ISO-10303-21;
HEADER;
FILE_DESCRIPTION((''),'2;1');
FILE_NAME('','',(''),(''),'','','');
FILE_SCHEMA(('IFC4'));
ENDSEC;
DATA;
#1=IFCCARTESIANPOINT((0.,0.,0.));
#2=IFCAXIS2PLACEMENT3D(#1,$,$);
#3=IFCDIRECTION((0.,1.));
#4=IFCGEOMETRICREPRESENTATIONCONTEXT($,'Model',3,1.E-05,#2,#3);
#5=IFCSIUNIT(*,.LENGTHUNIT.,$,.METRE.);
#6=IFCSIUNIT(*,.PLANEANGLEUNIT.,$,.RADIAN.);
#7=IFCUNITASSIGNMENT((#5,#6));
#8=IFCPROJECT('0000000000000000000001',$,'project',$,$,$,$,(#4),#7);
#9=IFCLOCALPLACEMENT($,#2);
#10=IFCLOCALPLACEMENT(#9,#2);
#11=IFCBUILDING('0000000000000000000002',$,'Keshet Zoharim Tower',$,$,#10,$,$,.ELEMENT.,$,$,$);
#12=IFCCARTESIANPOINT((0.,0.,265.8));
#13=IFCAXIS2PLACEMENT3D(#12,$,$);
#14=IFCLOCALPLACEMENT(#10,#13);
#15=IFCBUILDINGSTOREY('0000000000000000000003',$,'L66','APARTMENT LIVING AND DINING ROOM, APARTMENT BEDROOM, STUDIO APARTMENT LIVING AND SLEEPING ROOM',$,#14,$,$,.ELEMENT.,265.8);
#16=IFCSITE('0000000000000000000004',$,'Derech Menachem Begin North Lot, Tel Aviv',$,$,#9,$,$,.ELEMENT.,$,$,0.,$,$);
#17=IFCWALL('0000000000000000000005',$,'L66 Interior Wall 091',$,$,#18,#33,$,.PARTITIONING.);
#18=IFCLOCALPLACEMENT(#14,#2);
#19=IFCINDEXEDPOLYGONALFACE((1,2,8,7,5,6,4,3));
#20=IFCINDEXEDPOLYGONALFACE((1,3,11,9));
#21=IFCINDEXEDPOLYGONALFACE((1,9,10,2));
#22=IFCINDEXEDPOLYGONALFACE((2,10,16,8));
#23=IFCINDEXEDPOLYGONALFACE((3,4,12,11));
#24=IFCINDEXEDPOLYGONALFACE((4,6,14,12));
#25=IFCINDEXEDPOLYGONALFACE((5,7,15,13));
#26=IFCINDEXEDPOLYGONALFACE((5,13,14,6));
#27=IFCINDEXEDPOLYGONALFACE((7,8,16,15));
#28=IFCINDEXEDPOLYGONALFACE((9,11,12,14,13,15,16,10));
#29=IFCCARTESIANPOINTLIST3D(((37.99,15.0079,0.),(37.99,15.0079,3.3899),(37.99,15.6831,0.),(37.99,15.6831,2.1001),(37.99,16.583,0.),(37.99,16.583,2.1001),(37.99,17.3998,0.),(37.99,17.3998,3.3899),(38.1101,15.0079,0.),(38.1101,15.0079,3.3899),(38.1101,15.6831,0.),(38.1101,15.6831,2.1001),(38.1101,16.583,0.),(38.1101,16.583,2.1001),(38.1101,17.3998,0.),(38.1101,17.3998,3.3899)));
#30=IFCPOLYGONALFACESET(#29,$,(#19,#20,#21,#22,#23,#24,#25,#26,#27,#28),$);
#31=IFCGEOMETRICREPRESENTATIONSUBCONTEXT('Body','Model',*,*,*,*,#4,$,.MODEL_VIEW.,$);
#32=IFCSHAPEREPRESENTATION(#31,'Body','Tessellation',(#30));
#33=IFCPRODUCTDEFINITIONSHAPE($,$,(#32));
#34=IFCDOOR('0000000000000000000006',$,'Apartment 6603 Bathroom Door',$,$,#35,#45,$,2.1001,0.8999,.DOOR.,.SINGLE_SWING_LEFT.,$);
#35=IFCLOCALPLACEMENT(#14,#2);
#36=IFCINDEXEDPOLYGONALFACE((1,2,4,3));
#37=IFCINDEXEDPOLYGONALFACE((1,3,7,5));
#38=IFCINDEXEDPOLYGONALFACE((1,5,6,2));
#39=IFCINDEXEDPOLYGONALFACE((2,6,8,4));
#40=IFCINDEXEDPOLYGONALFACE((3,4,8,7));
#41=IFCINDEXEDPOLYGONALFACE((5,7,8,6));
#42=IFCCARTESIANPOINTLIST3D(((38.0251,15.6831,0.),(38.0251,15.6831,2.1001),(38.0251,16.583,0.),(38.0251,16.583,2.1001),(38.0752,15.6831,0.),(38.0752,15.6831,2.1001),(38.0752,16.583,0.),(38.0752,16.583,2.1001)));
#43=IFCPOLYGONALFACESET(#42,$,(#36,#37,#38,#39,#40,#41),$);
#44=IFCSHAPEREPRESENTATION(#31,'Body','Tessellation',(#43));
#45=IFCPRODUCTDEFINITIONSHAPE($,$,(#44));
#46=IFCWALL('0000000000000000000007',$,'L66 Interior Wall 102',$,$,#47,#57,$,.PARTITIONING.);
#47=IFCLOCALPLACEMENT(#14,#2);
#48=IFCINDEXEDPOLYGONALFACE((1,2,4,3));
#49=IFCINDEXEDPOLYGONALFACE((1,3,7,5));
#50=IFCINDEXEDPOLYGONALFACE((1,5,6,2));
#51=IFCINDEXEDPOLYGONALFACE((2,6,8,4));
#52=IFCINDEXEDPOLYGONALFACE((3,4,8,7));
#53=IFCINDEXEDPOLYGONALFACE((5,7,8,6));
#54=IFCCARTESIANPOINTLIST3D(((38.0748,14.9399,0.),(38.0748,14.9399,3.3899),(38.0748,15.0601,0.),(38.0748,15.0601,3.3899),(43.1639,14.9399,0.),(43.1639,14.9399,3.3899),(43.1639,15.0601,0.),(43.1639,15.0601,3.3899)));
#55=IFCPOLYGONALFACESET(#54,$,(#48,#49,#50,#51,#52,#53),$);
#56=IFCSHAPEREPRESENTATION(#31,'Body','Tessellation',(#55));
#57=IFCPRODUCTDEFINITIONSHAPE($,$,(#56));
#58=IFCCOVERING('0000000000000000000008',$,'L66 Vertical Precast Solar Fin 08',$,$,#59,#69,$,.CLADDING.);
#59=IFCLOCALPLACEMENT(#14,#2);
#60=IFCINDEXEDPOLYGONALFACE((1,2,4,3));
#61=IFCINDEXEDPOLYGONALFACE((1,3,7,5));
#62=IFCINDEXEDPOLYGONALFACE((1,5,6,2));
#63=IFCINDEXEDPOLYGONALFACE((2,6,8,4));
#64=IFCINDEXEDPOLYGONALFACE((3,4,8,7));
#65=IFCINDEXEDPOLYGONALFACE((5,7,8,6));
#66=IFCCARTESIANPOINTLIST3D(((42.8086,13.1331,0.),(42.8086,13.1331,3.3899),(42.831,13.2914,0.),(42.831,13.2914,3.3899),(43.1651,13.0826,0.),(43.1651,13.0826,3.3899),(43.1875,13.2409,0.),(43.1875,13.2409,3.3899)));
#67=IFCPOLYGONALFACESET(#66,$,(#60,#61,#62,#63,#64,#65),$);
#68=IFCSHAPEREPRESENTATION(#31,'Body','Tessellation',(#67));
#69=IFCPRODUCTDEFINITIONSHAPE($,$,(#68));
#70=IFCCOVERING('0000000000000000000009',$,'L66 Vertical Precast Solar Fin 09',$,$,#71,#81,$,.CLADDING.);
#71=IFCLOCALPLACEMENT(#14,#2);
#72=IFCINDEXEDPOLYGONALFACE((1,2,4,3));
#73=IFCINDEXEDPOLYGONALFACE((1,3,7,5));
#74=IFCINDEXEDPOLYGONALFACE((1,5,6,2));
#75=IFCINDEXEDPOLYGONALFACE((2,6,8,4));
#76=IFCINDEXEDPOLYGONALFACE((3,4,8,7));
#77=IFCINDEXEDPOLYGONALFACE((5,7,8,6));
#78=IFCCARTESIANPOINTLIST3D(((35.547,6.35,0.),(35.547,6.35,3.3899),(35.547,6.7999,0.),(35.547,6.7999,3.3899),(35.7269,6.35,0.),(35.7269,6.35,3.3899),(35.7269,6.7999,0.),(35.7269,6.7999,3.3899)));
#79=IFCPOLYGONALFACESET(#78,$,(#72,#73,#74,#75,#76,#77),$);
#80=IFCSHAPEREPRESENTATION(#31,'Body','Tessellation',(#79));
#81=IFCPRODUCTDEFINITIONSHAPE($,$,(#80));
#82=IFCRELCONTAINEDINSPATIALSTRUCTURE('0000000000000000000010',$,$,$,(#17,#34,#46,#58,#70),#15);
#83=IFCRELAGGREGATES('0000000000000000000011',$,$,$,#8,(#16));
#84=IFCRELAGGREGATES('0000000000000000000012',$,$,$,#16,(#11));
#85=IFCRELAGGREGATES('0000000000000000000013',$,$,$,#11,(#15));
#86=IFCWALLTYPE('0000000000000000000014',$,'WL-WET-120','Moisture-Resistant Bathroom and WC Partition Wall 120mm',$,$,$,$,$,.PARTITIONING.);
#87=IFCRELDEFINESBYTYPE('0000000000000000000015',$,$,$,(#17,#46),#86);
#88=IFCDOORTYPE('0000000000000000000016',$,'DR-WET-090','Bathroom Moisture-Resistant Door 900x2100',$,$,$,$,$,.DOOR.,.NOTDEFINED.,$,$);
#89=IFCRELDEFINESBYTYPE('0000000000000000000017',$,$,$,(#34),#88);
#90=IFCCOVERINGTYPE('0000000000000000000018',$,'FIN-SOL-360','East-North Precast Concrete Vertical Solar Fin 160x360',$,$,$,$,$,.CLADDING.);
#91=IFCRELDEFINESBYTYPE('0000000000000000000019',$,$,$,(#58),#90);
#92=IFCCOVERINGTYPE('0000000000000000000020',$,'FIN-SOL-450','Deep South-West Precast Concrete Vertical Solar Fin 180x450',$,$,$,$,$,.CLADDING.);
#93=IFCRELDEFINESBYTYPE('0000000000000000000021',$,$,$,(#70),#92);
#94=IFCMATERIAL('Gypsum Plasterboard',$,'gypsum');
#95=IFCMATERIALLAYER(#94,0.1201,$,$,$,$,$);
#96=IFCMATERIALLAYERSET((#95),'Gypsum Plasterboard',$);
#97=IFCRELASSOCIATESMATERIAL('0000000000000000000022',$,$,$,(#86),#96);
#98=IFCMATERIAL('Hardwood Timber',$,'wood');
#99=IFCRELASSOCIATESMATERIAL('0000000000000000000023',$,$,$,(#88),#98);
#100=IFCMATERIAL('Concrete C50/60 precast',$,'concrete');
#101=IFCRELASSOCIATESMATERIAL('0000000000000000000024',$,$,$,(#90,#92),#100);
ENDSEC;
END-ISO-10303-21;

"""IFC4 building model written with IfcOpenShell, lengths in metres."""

from ifc_helpers import new_model, si_unit, direction, frame, frame_2d, origin, origin_2d, place, context, subcontext, project, spatial, rectangle, extrude, material, layer, layer_set, type_object, element, fill, save


model = new_model("IFC4")

# Units and contexts
model_context = context("Model", 3, precision=1e-05, world=origin(), true_north=direction((0.0, 1.0)))
body_context = subcontext(model_context, "Body", "Model", "MODEL_VIEW")
ifc_project = project(units=[si_unit("LENGTHUNIT", "METRE"), si_unit("PLANEANGLEUNIT", "RADIAN")], contexts=[model_context])

# Site, building, storey
site_placement = place(None, origin())
site = spatial("IfcSite", under=ifc_project, at=site_placement, Name="Derech Menachem Begin North Lot, Tel Aviv", CompositionType="ELEMENT", RefElevation=0.0)
building_placement = place(site_placement, origin())
building = spatial("IfcBuilding", under=site, at=building_placement, Name="Keshet Zoharim Tower", CompositionType="ELEMENT")
storey_placement = place(building_placement, frame((0.0, 0.0, 265.8)))
storey = spatial("IfcBuildingStorey", under=building, at=storey_placement, Name="L66", Description="APARTMENT LIVING AND DINING ROOM, APARTMENT BEDROOM, STUDIO APARTMENT LIVING AND SLEEPING ROOM", CompositionType="ELEMENT", Elevation=265.8)

# Shared definitions
ifc_material_1 = material(Name="Gypsum Plasterboard", Category="gypsum")

# Shared definitions
ifc_material_2 = material(Name="Hardwood Timber", Category="wood")

# Shared definitions
ifc_layer_1 = layer(ifc_material_1, 0.1201)
ifc_layer_set_1 = layer_set([ifc_layer_1], Name="Gypsum Plasterboard")
wall_type_1 = type_object("IfcWallType", Name="WL-WET-120", Description="Moisture-Resistant Bathroom and WC Partition Wall 120mm", PredefinedType="PARTITIONING", material=ifc_layer_set_1)

# Wall, opening, door
wall_1_placement = place(storey_placement, frame((38.05, 15.0081, 0.0), z_axis=(0.0, 0.0, 1.0), x_axis=(0.0, 1.0, 0.0)))
wall_1 = element("IfcWall", 1, at=wall_1_placement, inside=storey, type_object=wall_type_1, Name="L66 Interior Wall 091", PredefinedType="PARTITIONING", context=body_context, shape_type="SweptSolid", body=[
    extrude(rectangle(XDim=2.3918, YDim=0.1201, at=frame_2d((1.1958, 0.0))), origin(), (0.0, 0.0, 1.0), 3.3899),
])
opening_1_placement = place(wall_1_placement, frame((0.675, 0.0, 0.0)))
opening_1 = element("IfcOpeningElement", 2, at=opening_1_placement, cuts=wall_1, PredefinedType="OPENING", context=body_context, shape_type="SweptSolid", body=[
    extrude(rectangle(XDim=0.8999, YDim=2.1001, at=frame_2d((0.45, 1.05))), frame((0.0, 0.0701, 0.0), z_axis=(0.0, -1.0, 0.0), x_axis=(1.0, 0.0, 0.0)), (0.0, 0.0, 1.0), 0.1401),
])
door_type_1 = type_object("IfcDoorType", Name="DR-WET-090", Description="Bathroom Moisture-Resistant Door 900x2100", OperationType="NOTDEFINED", PredefinedType="DOOR", material=ifc_material_2)
door_1_placement = place(opening_1_placement, origin())
door_1 = element("IfcDoor", 3, at=door_1_placement, inside=storey, type_object=door_type_1, Name="Apartment 6603 Bathroom Door", OperationType="SINGLE_SWING_LEFT", OverallHeight=2.1001, OverallWidth=0.8999, PredefinedType="DOOR", context=body_context, shape_type="SweptSolid", body=[
    extrude(rectangle(XDim=0.8999, YDim=2.1001, at=frame_2d((0.45, 1.05))), frame((0.0, 0.0249, 0.0), z_axis=(0.0, -1.0, 0.0), x_axis=(1.0, 0.0, 0.0)), (0.0, 0.0, 1.0), 0.05),
])
fill(opening_1, door_1)

# Wall
wall_2_placement = place(storey_placement, frame((38.075, 15.0, 0.0), z_axis=(0.0, 0.0, 1.0), x_axis=(1.0, 0.0, 0.0)))
element("IfcWall", 4, at=wall_2_placement, inside=storey, type_object=wall_type_1, Name="L66 Interior Wall 102", PredefinedType="PARTITIONING", context=body_context, shape_type="SweptSolid", body=[
    extrude(rectangle(XDim=5.0891, YDim=0.1201, at=frame_2d((2.5444, 0.0))), origin(), (0.0, 0.0, 1.0), 3.3899),
])

# Coverings
ifc_material_3 = material(Name="Concrete C50/60 precast", Category="concrete")
covering_type_1 = type_object("IfcCoveringType", Name="FIN-SOL-360", Description="East-North Precast Concrete Vertical Solar Fin 160x360", PredefinedType="CLADDING", material=ifc_material_3)
covering_1_placement = place(storey_placement, frame((42.998, 13.187, 0.0), z_axis=(0.0, 0.0, 1.0), x_axis=(-0.140137, -0.990132, 0.0)))
element("IfcCovering", 5, at=covering_1_placement, inside=storey, type_object=covering_type_1, Name="L66 Vertical Precast Solar Fin 08", PredefinedType="CLADDING", context=body_context, shape_type="SweptSolid", body=[
    extrude(rectangle(XDim=0.1599, YDim=0.3601, at=origin_2d()), origin(), (0.0, 0.0, 1.0), 3.3899),
])
covering_type_2 = type_object("IfcCoveringType", Name="FIN-SOL-450", Description="Deep South-West Precast Concrete Vertical Solar Fin 180x450", PredefinedType="CLADDING", material=ifc_material_3)
covering_2_placement = place(storey_placement, frame((35.637, 6.575, 0.0), z_axis=(0.0, 0.0, 1.0), x_axis=(-1.0, 0.0, 0.0)))
element("IfcCovering", 6, at=covering_2_placement, inside=storey, type_object=covering_type_2, Name="L66 Vertical Precast Solar Fin 09", PredefinedType="CLADDING", context=body_context, shape_type="SweptSolid", body=[
    extrude(rectangle(XDim=0.1799, YDim=0.45, at=origin_2d()), origin(), (0.0, 0.0, 1.0), 3.3899),
])

save(model, "model.ifc")
